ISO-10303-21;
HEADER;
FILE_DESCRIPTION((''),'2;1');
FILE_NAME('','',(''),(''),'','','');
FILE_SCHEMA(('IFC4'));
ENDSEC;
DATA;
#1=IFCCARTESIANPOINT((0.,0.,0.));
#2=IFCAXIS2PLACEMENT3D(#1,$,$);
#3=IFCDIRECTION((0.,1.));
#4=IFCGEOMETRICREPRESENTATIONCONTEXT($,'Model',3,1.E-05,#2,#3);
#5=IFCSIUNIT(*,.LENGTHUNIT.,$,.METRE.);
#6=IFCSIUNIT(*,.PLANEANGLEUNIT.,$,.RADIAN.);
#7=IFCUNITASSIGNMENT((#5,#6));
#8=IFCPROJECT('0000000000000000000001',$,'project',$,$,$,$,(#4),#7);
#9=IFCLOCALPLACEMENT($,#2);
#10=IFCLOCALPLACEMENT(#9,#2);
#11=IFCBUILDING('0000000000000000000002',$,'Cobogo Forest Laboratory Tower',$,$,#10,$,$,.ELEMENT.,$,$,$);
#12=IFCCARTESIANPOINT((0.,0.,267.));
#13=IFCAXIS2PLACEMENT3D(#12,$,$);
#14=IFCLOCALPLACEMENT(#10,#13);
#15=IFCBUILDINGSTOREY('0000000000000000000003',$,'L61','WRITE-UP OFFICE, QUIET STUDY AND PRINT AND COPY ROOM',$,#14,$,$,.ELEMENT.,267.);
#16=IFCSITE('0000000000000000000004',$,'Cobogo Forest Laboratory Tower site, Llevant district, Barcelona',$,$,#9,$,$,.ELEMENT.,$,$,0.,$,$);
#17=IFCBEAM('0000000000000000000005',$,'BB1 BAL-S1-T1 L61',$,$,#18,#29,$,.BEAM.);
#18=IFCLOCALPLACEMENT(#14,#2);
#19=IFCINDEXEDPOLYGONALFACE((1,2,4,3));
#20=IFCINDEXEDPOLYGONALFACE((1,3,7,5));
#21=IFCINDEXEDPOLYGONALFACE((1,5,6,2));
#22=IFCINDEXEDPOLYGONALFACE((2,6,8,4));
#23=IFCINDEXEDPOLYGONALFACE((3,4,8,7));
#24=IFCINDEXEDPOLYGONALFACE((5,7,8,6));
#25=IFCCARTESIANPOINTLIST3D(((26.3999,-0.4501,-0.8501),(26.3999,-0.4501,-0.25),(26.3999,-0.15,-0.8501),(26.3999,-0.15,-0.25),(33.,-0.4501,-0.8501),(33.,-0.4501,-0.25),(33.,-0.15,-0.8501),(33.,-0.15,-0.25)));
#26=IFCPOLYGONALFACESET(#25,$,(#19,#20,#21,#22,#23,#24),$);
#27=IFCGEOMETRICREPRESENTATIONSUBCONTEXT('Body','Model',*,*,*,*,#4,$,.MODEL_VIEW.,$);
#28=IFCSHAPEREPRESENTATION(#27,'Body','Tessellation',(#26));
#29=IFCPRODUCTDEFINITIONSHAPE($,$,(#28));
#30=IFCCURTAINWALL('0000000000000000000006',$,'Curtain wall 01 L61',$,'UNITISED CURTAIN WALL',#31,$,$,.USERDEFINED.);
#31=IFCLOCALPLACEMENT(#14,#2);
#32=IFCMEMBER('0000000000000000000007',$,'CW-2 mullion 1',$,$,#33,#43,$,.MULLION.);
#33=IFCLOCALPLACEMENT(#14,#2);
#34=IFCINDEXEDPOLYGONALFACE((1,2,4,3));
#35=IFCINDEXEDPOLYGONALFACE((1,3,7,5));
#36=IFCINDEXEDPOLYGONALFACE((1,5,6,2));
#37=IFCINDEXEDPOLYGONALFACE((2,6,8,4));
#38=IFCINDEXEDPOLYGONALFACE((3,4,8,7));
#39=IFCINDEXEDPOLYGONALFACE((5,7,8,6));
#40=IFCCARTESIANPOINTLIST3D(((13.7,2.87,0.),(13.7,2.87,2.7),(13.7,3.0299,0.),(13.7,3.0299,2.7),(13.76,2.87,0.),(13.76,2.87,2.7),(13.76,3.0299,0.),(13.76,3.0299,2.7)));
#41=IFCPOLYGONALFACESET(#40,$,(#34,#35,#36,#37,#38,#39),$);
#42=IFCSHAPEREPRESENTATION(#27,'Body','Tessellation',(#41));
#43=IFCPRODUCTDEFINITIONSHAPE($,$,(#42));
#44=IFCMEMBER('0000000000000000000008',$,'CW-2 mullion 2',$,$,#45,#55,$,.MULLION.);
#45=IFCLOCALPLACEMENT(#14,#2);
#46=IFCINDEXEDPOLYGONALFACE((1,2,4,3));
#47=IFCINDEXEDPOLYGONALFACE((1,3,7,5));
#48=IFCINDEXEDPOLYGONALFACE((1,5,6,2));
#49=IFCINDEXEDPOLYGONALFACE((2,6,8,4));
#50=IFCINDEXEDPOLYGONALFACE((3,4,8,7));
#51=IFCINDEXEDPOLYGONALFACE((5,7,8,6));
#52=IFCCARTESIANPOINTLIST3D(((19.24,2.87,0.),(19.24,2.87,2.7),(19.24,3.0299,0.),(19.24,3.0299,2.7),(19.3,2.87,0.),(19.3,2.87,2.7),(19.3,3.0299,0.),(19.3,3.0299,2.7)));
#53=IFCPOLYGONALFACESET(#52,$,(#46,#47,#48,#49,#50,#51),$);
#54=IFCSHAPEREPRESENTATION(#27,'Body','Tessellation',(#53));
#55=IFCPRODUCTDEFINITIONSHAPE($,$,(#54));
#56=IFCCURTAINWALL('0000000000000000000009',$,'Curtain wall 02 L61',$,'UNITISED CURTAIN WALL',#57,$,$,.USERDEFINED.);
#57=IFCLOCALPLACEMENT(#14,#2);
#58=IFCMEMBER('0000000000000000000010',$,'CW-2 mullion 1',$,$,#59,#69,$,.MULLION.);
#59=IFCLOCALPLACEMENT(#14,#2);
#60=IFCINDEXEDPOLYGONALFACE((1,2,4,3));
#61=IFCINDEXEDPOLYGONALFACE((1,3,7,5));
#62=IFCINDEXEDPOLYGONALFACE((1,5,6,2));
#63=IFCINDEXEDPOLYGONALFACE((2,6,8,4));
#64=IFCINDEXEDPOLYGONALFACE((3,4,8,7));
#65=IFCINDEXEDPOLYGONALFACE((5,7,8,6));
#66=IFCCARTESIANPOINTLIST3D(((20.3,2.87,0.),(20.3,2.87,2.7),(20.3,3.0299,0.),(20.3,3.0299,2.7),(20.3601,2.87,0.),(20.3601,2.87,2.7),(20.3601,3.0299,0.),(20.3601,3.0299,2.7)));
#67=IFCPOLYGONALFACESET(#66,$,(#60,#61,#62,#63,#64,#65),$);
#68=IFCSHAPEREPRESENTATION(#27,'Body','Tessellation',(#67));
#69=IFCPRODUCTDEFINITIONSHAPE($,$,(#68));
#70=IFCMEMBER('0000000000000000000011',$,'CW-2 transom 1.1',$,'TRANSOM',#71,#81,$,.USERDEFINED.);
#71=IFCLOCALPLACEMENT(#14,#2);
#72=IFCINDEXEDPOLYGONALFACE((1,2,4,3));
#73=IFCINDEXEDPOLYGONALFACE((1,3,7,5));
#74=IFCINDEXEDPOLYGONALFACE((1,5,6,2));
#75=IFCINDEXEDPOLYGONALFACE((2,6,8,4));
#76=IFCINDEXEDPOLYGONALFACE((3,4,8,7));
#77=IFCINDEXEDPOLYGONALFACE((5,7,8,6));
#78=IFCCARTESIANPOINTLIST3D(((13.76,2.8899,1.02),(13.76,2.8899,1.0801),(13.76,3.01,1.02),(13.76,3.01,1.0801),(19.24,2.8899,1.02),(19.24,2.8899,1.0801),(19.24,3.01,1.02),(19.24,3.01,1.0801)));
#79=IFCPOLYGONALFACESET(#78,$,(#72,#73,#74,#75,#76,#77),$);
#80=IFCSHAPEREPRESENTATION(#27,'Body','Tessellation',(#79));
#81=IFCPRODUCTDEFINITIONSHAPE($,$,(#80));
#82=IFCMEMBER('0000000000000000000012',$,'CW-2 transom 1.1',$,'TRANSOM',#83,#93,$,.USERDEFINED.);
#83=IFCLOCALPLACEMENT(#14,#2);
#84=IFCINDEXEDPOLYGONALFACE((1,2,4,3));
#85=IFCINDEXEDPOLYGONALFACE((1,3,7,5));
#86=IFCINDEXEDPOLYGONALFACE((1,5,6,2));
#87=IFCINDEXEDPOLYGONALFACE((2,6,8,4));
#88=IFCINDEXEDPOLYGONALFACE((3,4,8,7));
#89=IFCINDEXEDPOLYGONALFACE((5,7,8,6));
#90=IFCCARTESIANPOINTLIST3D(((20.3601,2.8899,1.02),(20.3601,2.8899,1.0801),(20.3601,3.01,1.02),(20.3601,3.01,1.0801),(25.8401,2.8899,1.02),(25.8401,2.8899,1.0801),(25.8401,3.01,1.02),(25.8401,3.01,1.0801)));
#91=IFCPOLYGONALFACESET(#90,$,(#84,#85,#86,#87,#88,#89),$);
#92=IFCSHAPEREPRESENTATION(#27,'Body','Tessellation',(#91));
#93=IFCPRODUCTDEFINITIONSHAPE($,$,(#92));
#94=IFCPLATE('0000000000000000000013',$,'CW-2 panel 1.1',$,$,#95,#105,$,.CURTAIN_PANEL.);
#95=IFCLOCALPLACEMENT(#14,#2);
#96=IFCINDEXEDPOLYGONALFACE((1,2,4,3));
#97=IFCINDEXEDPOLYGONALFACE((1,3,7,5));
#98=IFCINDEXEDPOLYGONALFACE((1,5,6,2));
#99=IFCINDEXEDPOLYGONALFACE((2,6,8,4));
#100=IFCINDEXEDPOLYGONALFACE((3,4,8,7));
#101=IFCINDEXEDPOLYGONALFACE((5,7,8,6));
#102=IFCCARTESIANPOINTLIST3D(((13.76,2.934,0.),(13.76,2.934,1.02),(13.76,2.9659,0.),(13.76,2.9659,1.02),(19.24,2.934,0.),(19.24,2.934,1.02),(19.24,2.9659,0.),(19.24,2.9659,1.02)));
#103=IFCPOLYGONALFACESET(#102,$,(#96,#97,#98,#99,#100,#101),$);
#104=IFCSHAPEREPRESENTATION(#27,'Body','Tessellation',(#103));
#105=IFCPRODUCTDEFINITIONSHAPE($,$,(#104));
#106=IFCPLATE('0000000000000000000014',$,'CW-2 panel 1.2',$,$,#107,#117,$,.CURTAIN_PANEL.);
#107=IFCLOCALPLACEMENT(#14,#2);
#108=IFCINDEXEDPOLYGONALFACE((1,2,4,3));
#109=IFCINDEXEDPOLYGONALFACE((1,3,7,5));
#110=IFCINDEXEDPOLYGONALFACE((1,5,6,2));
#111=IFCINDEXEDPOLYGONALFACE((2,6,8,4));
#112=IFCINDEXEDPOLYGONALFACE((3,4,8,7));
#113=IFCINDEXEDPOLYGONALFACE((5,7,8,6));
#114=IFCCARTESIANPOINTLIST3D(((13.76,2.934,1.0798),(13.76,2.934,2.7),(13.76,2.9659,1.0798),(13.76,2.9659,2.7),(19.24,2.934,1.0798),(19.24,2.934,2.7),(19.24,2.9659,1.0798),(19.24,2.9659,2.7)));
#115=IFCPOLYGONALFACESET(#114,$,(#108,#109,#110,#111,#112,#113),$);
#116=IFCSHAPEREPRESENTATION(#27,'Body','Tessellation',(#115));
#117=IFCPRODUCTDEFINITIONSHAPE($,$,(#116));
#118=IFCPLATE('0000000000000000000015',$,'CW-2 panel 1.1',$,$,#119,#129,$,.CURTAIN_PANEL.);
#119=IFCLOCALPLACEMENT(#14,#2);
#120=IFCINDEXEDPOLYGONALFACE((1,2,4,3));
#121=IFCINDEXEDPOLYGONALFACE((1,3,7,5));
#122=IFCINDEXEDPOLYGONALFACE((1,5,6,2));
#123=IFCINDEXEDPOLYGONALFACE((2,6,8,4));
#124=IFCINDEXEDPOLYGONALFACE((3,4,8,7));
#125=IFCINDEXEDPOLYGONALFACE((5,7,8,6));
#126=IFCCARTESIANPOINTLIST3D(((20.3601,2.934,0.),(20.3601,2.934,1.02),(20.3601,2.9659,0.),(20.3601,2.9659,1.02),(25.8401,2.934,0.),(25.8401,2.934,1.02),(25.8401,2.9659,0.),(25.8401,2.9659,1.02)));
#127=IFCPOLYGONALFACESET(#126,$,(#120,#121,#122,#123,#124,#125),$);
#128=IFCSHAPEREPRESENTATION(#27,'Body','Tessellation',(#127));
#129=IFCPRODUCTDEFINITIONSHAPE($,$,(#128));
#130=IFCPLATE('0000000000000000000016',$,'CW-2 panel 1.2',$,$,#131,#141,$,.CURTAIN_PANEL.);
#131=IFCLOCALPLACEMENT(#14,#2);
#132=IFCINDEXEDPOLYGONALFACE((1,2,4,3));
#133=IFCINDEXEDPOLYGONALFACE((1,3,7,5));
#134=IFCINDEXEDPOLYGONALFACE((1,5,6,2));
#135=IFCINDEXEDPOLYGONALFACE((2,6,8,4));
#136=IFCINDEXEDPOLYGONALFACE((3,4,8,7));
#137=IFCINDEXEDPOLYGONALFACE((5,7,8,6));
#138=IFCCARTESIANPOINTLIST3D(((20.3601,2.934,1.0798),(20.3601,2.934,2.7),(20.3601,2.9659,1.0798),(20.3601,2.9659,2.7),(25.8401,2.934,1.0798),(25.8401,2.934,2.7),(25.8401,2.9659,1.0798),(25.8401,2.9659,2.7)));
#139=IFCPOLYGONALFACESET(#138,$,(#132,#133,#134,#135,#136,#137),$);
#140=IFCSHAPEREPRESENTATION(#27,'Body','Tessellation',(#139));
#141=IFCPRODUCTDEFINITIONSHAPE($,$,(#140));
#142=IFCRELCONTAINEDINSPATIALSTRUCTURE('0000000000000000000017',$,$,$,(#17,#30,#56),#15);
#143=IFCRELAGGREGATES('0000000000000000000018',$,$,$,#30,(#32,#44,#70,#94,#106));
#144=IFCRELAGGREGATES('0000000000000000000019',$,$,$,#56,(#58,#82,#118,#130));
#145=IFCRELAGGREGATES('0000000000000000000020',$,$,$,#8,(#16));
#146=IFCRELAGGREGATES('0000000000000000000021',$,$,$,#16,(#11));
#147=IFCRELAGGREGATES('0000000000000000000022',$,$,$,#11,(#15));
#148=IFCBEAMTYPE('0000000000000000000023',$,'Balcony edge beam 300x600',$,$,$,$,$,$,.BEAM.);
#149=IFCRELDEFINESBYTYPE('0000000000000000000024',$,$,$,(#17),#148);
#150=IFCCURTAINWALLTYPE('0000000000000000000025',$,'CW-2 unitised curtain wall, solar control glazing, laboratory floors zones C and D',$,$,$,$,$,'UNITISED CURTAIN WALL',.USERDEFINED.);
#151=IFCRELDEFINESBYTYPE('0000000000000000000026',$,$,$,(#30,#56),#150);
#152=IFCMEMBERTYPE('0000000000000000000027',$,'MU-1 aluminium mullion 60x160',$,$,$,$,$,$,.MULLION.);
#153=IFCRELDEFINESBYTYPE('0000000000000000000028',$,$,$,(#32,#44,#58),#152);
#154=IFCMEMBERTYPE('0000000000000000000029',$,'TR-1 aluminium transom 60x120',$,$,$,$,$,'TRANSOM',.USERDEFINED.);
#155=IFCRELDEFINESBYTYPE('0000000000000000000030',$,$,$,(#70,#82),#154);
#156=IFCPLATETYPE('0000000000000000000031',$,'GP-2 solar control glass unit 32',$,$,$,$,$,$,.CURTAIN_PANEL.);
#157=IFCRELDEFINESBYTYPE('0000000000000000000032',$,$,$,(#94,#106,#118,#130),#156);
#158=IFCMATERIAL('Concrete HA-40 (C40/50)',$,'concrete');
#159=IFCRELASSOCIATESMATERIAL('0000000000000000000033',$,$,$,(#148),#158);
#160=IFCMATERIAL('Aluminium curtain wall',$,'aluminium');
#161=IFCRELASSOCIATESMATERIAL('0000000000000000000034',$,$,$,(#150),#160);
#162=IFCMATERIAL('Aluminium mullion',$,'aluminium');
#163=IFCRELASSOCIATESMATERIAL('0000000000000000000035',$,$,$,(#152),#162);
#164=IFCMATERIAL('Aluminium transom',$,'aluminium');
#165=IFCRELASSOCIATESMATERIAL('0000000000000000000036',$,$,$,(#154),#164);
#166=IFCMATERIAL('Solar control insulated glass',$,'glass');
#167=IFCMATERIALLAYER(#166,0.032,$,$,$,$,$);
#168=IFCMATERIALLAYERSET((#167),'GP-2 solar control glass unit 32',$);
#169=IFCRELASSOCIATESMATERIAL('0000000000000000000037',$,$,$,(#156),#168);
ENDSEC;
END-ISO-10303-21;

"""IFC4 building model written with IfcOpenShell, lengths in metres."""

from ifc_helpers import new_model, si_unit, direction, frame, origin, origin_2d, place, context, subcontext, project, spatial, rectangle, extrude, material, layer, layer_set, material_profile, profile_set, type_object, element, aggregate, save


model = new_model("IFC4")

# Units and contexts
model_context = context("Model", 3, precision=1e-05, world=origin(), true_north=direction((0.0, 1.0)))
body_context = subcontext(model_context, "Body", "Model", "MODEL_VIEW")
ifc_project = project(units=[si_unit("LENGTHUNIT", "METRE"), si_unit("PLANEANGLEUNIT", "RADIAN")], contexts=[model_context])

# Site, building, storey
site_placement = place(None, origin())
site = spatial("IfcSite", under=ifc_project, at=site_placement, Name="Cobogo Forest Laboratory Tower site, Llevant district, Barcelona", CompositionType="ELEMENT", RefElevation=0.0)
building_placement = place(site_placement, origin())
building = spatial("IfcBuilding", under=site, at=building_placement, Name="Cobogo Forest Laboratory Tower", CompositionType="ELEMENT")
storey_placement = place(building_placement, frame((0.0, 0.0, 267.0)))
storey = spatial("IfcBuildingStorey", under=building, at=storey_placement, Name="L61", Description="WRITE-UP OFFICE, QUIET STUDY AND PRINT AND COPY ROOM", CompositionType="ELEMENT", Elevation=267.0)

# Beam
ifc_material_1 = material(Name="Concrete HA-40 (C40/50)", Category="concrete")
ifc_material_profile_1 = material_profile(ifc_material_1, rectangle(XDim=0.3, YDim=0.6001, at=origin_2d()), Name="RC 300x600")
ifc_profile_set_1 = profile_set([ifc_material_profile_1], Name="Concrete HA-40 (C40/50)")
beam_type = type_object("IfcBeamType", Name="Balcony edge beam 300x600", PredefinedType="BEAM", material=ifc_profile_set_1)
beam_placement = place(storey_placement, frame((26.3999, -0.3, -0.55), z_axis=(1.0, 0.0, 0.0), x_axis=(0.0, 1.0, 0.0)))
element("IfcBeam", 1, at=beam_placement, inside=storey, type_object=beam_type, Name="BB1 BAL-S1-T1 L61", PredefinedType="BEAM", context=body_context, shape_type="SweptSolid", body=[
    extrude(rectangle(XDim=0.3, YDim=0.6001, at=origin_2d()), origin(), (0.0, 0.0, 1.0), 6.6001),
])

# Curtain wall, members
ifc_material_2 = material(Name="Aluminium curtain wall", Category="aluminium")
curtain_wall_type = type_object("IfcCurtainWallType", Name="CW-2 unitised curtain wall, solar control glazing, laboratory floors zones C and D", ElementType="UNITISED CURTAIN WALL", PredefinedType="USERDEFINED", material=ifc_material_2)
curtain_wall_1_placement = place(storey_placement, origin())
curtain_wall_1 = element("IfcCurtainWall", 2, at=curtain_wall_1_placement, inside=storey, type_object=curtain_wall_type, Name="Curtain wall 01 L61", ObjectType="UNITISED CURTAIN WALL", PredefinedType="USERDEFINED")
ifc_material_3 = material(Name="Aluminium mullion", Category="aluminium")
ifc_material_profile_2 = material_profile(ifc_material_3, rectangle(XDim=0.0601, YDim=0.1599, at=origin_2d()), Name="AL 60x160")
ifc_profile_set_2 = profile_set([ifc_material_profile_2], Name="Aluminium mullion")
member_type_1 = type_object("IfcMemberType", Name="MU-1 aluminium mullion 60x160", PredefinedType="MULLION", material=ifc_profile_set_2)
member_1_placement = place(storey_placement, frame((13.73, 2.95, 0.0), z_axis=(0.0, 0.0, 1.0), x_axis=(1.0, 0.0, 0.0)))
member_1 = element("IfcMember", 3, at=member_1_placement, type_object=member_type_1, Name="CW-2 mullion 1", PredefinedType="MULLION", context=body_context, shape_type="SweptSolid", body=[
    extrude(rectangle(XDim=0.0601, YDim=0.1599, at=origin_2d()), origin(), (0.0, 0.0, 1.0), 2.7),
])
member_2_placement = place(storey_placement, frame((19.27, 2.95, 0.0), z_axis=(0.0, 0.0, 1.0), x_axis=(1.0, 0.0, 0.0)))
member_2 = element("IfcMember", 4, at=member_2_placement, type_object=member_type_1, Name="CW-2 mullion 2", PredefinedType="MULLION", context=body_context, shape_type="SweptSolid", body=[
    extrude(rectangle(XDim=0.0601, YDim=0.1599, at=origin_2d()), origin(), (0.0, 0.0, 1.0), 2.7),
])

# Curtain wall, member
curtain_wall_2_placement = place(storey_placement, origin())
curtain_wall_2 = element("IfcCurtainWall", 5, at=curtain_wall_2_placement, inside=storey, type_object=curtain_wall_type, Name="Curtain wall 02 L61", ObjectType="UNITISED CURTAIN WALL", PredefinedType="USERDEFINED")
member_3_placement = place(storey_placement, frame((20.3301, 2.95, 0.0), z_axis=(0.0, 0.0, 1.0), x_axis=(1.0, 0.0, 0.0)))
member_3 = element("IfcMember", 6, at=member_3_placement, type_object=member_type_1, Name="CW-2 mullion 1", PredefinedType="MULLION", context=body_context, shape_type="SweptSolid", body=[
    extrude(rectangle(XDim=0.0601, YDim=0.1599, at=origin_2d()), origin(), (0.0, 0.0, 1.0), 2.7),
])

# Members
ifc_material_4 = material(Name="Aluminium transom", Category="aluminium")
ifc_material_profile_3 = material_profile(ifc_material_4, rectangle(XDim=0.1201, YDim=0.0601, at=origin_2d()), Name="AL 60x120")
ifc_profile_set_3 = profile_set([ifc_material_profile_3], Name="Aluminium transom")
member_type_2 = type_object("IfcMemberType", Name="TR-1 aluminium transom 60x120", ElementType="TRANSOM", PredefinedType="USERDEFINED", material=ifc_profile_set_3)
member_4_placement = place(storey_placement, frame((13.76, 2.95, 1.05), z_axis=(1.0, 0.0, 0.0), x_axis=(0.0, 1.0, 0.0)))
member_4 = element("IfcMember", 7, at=member_4_placement, type_object=member_type_2, Name="CW-2 transom 1.1", ObjectType="TRANSOM", PredefinedType="USERDEFINED", context=body_context, shape_type="SweptSolid", body=[
    extrude(rectangle(XDim=0.1201, YDim=0.0601, at=origin_2d()), origin(), (0.0, 0.0, 1.0), 5.48),
])
member_5_placement = place(storey_placement, frame((20.3601, 2.95, 1.05), z_axis=(1.0, 0.0, 0.0), x_axis=(0.0, 1.0, 0.0)))
member_5 = element("IfcMember", 8, at=member_5_placement, type_object=member_type_2, Name="CW-2 transom 1.1", ObjectType="TRANSOM", PredefinedType="USERDEFINED", context=body_context, shape_type="SweptSolid", body=[
    extrude(rectangle(XDim=0.1201, YDim=0.0601, at=origin_2d()), origin(), (0.0, 0.0, 1.0), 5.48),
])

# Plates
ifc_material_5 = material(Name="Solar control insulated glass", Category="glass")
ifc_layer = layer(ifc_material_5, 0.032)
ifc_layer_set = layer_set([ifc_layer], Name="GP-2 solar control glass unit 32")
plate_type_1 = type_object("IfcPlateType", Name="GP-2 solar control glass unit 32", PredefinedType="CURTAIN_PANEL", material=ifc_layer_set)
plate_1_placement = place(storey_placement, frame((16.5, 2.95, 0.0), z_axis=(0.0, 0.0, 1.0), x_axis=(1.0, 0.0, 0.0)))
plate_1 = element("IfcPlate", 9, at=plate_1_placement, type_object=plate_type_1, Name="CW-2 panel 1.1", PredefinedType="CURTAIN_PANEL", context=body_context, shape_type="SweptSolid", body=[
    extrude(rectangle(XDim=5.48, YDim=0.032, at=origin_2d()), origin(), (0.0, 0.0, 1.0), 1.02),
])
plate_2_placement = place(storey_placement, frame((16.5, 2.95, 1.0798), z_axis=(0.0, 0.0, 1.0), x_axis=(1.0, 0.0, 0.0)))
plate_2 = element("IfcPlate", 10, at=plate_2_placement, type_object=plate_type_1, Name="CW-2 panel 1.2", PredefinedType="CURTAIN_PANEL", context=body_context, shape_type="SweptSolid", body=[
    extrude(rectangle(XDim=5.48, YDim=0.032, at=origin_2d()), origin(), (0.0, 0.0, 1.0), 1.6201),
])
aggregate(curtain_wall_1, [member_1, member_2, member_4, plate_1, plate_2])
plate_3_placement = place(storey_placement, frame((23.1001, 2.95, 0.0), z_axis=(0.0, 0.0, 1.0), x_axis=(1.0, 0.0, 0.0)))
plate_3 = element("IfcPlate", 11, at=plate_3_placement, type_object=plate_type_1, Name="CW-2 panel 1.1", PredefinedType="CURTAIN_PANEL", context=body_context, shape_type="SweptSolid", body=[
    extrude(rectangle(XDim=5.48, YDim=0.032, at=origin_2d()), origin(), (0.0, 0.0, 1.0), 1.02),
])
plate_4_placement = place(storey_placement, frame((23.1001, 2.95, 1.0798), z_axis=(0.0, 0.0, 1.0), x_axis=(1.0, 0.0, 0.0)))
plate_4 = element("IfcPlate", 12, at=plate_4_placement, type_object=plate_type_1, Name="CW-2 panel 1.2", PredefinedType="CURTAIN_PANEL", context=body_context, shape_type="SweptSolid", body=[
    extrude(rectangle(XDim=5.48, YDim=0.032, at=origin_2d()), origin(), (0.0, 0.0, 1.0), 1.6201),
])
aggregate(curtain_wall_2, [member_3, member_5, plate_3, plate_4])

save(model, "model.ifc")
